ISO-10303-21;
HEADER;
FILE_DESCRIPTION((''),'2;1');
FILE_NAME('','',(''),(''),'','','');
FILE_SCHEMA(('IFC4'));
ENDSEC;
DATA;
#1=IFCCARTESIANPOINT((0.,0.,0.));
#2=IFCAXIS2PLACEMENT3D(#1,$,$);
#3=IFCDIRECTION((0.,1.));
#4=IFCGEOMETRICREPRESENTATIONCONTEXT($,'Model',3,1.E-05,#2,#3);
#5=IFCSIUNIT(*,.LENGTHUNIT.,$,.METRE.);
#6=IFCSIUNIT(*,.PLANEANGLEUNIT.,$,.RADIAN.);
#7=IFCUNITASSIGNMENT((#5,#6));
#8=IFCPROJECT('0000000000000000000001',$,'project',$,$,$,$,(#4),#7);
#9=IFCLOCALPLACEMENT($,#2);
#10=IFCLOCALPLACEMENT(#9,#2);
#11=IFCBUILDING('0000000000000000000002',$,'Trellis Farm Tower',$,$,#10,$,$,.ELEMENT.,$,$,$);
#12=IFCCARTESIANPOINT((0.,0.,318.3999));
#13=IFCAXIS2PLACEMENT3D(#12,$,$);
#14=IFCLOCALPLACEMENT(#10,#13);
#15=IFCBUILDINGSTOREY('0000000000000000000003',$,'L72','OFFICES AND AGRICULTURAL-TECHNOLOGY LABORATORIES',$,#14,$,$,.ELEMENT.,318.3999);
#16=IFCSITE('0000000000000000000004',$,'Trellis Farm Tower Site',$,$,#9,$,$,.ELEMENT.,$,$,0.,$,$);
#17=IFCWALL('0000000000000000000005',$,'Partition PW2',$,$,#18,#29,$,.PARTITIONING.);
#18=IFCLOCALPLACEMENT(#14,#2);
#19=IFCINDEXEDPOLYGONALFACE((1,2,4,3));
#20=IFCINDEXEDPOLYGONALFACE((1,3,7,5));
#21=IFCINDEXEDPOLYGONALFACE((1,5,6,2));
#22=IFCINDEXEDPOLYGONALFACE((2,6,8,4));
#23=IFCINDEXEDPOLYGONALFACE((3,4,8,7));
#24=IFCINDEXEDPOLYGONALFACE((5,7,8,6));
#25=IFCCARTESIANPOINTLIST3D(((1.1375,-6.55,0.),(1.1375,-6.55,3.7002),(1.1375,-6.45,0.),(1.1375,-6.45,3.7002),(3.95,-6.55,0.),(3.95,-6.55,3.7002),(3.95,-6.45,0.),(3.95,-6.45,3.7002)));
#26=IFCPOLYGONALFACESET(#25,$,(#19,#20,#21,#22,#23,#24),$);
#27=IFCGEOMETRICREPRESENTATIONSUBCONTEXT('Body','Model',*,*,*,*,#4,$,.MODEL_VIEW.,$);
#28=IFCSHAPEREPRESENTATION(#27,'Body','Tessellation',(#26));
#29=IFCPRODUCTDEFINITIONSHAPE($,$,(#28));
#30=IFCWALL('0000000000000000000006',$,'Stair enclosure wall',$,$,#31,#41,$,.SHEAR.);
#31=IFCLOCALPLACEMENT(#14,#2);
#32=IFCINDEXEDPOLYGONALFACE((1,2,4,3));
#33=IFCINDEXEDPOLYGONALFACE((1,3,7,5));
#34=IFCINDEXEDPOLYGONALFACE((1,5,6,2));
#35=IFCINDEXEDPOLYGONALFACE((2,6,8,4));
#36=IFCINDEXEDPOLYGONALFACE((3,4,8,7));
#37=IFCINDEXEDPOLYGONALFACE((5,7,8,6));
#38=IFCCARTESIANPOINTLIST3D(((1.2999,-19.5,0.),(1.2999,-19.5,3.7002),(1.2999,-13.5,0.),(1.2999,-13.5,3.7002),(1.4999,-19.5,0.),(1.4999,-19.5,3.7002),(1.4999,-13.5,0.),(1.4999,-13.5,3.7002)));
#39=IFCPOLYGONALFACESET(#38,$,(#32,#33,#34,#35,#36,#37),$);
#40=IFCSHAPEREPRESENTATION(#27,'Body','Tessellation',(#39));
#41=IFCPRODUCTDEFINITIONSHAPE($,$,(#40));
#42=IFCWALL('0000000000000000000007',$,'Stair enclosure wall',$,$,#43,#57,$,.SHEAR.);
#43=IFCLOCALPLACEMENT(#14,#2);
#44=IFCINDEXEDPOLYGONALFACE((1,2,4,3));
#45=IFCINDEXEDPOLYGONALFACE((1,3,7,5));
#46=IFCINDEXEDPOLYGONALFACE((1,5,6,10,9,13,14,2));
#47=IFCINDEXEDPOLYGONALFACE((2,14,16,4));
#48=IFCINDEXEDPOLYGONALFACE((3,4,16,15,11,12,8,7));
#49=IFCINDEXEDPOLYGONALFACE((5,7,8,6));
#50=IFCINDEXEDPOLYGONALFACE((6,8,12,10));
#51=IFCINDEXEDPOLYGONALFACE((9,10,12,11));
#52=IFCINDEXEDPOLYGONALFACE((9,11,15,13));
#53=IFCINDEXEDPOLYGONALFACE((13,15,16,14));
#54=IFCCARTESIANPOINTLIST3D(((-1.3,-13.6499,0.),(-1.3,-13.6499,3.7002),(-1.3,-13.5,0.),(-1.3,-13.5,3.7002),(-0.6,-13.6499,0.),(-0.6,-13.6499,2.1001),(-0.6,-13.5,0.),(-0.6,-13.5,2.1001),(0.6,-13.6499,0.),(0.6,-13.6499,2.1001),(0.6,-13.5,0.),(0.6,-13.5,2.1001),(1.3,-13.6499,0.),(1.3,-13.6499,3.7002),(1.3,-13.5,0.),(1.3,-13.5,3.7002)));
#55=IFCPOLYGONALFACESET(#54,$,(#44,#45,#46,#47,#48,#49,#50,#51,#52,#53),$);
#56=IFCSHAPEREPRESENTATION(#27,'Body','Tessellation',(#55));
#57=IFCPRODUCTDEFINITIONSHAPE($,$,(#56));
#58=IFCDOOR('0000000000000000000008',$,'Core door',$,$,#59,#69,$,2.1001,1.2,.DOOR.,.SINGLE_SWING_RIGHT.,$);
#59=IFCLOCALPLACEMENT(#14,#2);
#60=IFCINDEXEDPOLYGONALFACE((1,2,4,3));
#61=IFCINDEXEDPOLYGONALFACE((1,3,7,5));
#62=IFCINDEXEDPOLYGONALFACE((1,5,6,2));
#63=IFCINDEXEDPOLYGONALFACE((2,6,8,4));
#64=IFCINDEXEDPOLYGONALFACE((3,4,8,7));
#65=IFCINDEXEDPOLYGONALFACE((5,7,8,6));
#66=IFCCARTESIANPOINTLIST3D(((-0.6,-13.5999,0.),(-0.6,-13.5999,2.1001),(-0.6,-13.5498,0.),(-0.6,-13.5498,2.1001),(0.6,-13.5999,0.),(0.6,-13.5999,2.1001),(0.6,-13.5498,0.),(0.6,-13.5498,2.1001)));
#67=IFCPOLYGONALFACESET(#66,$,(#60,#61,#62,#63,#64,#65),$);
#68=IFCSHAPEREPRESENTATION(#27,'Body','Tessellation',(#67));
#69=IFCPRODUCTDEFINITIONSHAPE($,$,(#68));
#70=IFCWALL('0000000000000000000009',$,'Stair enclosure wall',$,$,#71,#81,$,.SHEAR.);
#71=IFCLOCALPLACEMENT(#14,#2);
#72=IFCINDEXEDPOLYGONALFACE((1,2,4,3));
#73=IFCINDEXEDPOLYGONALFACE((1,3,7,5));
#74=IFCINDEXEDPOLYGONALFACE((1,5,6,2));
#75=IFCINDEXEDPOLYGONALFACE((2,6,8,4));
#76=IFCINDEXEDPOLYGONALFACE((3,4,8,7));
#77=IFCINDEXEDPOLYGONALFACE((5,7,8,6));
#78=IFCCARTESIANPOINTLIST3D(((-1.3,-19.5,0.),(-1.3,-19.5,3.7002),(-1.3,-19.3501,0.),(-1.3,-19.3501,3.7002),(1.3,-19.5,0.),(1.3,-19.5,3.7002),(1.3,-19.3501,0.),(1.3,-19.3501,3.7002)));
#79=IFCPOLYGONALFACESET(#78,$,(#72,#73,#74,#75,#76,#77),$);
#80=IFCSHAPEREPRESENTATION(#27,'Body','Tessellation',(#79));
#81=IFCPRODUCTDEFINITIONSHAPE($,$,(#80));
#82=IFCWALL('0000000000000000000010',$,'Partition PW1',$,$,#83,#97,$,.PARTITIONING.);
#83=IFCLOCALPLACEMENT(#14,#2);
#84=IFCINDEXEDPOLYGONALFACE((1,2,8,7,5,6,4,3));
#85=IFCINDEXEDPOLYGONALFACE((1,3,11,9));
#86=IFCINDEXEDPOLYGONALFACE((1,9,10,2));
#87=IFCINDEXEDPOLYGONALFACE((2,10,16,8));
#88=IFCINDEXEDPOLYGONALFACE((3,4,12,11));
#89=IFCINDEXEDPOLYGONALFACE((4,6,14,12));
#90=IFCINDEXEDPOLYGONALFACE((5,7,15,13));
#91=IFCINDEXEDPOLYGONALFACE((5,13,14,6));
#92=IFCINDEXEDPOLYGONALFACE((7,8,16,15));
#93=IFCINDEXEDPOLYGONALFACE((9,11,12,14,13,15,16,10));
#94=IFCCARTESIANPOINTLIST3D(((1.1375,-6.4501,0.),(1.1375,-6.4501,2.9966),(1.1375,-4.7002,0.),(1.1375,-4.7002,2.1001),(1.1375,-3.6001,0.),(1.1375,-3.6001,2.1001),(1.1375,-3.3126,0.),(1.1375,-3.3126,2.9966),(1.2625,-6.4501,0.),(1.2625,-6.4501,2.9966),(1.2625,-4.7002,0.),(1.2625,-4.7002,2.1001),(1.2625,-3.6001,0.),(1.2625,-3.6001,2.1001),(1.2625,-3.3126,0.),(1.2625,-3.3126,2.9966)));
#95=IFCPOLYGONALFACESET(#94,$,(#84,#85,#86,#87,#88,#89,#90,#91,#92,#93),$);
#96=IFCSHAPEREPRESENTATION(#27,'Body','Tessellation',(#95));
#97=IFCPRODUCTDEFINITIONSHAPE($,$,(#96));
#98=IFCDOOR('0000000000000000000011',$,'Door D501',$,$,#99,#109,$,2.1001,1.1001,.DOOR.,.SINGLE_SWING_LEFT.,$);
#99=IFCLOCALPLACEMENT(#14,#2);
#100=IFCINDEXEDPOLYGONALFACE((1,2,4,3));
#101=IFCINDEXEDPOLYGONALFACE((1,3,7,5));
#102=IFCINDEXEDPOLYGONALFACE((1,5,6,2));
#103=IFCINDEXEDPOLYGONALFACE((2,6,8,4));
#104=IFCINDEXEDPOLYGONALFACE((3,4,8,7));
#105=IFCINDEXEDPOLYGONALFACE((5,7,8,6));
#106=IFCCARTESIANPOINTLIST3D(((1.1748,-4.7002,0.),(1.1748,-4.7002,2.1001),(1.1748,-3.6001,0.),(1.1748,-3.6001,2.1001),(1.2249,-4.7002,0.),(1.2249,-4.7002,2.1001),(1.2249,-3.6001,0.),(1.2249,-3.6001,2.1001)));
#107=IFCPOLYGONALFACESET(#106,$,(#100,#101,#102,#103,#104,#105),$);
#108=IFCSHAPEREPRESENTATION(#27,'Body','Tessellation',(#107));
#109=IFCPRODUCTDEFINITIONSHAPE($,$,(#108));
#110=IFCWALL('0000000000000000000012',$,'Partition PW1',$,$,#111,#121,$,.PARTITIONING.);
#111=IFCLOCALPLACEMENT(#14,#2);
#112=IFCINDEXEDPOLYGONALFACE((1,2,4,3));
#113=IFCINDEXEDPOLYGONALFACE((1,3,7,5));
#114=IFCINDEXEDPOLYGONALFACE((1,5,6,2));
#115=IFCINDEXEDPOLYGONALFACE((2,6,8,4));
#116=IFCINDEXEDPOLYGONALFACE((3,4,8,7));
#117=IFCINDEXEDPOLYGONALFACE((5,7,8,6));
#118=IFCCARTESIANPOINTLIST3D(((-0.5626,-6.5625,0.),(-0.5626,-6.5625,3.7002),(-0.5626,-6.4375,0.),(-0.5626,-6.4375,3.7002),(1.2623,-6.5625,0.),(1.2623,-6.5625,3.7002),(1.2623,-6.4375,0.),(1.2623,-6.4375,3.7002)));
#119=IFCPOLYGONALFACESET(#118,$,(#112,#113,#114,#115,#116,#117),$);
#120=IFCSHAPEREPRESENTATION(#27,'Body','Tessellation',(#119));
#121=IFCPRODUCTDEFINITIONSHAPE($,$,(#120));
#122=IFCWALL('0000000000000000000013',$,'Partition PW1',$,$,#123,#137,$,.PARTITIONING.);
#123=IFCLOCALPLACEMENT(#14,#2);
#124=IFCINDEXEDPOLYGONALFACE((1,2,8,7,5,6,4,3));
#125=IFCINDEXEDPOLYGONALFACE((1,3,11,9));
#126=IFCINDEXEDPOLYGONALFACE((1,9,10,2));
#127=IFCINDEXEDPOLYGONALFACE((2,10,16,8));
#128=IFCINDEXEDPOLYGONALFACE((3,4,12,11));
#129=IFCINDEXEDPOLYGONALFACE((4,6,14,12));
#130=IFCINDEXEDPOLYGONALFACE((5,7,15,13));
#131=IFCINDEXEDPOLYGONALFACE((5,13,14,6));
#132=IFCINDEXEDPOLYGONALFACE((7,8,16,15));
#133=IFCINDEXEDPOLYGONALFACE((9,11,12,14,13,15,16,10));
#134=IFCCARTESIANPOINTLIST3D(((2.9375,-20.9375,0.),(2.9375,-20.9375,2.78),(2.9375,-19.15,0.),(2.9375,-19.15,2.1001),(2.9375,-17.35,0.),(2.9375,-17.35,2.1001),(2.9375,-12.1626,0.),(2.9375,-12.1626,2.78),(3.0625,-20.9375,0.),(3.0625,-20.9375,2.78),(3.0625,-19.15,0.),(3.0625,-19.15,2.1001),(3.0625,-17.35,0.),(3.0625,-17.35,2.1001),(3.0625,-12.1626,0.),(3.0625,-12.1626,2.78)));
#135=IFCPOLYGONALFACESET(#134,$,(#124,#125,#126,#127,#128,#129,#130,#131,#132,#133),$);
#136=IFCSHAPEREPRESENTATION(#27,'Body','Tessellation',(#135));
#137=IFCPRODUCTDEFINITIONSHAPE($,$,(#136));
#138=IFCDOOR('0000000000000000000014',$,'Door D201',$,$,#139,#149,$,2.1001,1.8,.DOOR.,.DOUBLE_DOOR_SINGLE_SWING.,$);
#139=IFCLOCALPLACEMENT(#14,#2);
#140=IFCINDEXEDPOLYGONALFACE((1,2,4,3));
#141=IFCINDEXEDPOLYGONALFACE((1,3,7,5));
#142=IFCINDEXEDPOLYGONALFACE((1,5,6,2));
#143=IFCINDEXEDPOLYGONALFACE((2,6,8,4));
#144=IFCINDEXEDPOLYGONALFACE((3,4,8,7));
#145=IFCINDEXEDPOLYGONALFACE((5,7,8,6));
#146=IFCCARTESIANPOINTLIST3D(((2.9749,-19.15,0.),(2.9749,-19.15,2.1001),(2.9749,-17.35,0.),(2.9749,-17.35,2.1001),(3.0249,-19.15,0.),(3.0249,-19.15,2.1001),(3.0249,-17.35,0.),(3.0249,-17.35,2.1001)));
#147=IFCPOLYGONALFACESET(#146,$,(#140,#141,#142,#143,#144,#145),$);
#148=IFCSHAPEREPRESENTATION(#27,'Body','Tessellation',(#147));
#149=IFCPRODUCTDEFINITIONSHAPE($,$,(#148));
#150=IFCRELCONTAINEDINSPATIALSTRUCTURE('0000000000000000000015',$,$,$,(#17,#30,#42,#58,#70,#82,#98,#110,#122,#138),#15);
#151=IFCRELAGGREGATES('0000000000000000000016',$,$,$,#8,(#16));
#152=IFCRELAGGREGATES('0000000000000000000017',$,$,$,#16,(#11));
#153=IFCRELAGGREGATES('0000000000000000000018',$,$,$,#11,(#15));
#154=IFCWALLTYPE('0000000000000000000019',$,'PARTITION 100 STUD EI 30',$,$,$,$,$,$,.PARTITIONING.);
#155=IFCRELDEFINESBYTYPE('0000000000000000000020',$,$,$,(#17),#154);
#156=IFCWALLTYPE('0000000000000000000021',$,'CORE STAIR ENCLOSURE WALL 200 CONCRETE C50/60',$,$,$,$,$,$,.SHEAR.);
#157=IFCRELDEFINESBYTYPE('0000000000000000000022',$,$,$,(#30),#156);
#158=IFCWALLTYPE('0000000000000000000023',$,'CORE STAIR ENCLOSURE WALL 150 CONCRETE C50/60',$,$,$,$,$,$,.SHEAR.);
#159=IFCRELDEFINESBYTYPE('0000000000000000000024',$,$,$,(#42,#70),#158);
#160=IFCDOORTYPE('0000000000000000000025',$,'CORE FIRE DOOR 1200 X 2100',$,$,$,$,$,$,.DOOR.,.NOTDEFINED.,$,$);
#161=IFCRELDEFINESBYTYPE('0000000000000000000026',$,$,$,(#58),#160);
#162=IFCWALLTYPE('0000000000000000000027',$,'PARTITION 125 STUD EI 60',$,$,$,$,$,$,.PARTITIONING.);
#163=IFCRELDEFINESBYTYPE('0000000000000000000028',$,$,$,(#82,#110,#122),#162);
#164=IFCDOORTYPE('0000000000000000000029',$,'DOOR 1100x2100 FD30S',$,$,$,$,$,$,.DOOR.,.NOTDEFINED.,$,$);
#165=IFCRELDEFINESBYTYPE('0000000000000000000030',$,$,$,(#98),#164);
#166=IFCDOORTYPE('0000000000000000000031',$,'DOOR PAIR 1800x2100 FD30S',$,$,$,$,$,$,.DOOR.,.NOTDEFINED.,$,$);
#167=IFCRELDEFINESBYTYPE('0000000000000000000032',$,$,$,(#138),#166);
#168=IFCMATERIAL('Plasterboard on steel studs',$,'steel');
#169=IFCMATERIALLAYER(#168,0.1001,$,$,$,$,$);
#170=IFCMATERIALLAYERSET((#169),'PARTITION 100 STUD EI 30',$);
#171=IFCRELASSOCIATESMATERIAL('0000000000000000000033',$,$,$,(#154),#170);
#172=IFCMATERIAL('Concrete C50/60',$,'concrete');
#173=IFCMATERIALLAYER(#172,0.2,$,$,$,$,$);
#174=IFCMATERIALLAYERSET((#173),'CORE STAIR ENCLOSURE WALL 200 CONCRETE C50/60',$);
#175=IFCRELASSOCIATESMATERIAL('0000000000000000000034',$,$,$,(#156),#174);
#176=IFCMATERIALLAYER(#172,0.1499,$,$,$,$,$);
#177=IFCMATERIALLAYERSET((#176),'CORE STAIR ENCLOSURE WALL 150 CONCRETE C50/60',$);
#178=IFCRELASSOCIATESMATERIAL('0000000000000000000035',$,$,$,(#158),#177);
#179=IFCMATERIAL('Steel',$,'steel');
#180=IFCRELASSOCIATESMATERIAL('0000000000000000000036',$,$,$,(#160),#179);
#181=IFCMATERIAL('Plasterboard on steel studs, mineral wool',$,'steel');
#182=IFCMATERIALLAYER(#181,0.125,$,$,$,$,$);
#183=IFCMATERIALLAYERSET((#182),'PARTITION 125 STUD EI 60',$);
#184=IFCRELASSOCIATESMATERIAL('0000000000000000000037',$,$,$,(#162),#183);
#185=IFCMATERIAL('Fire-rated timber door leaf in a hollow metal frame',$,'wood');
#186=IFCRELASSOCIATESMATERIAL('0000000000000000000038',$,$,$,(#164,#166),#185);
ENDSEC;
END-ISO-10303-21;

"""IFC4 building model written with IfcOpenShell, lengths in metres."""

from ifc_helpers import new_model, si_unit, direction, frame, frame_2d, origin, place, context, subcontext, project, spatial, rectangle, extrude, source, transform, mapped, material, layer, layer_set, type_object, element, fill, save


model = new_model("IFC4")

# Units and contexts
model_context = context("Model", 3, precision=1e-05, world=origin(), true_north=direction((0.0, 1.0)))
body_context = subcontext(model_context, "Body", "Model", "MODEL_VIEW")
ifc_project = project(units=[si_unit("LENGTHUNIT", "METRE"), si_unit("PLANEANGLEUNIT", "RADIAN")], contexts=[model_context])

# Site, building, storey
site_placement = place(None, origin())
site = spatial("IfcSite", under=ifc_project, at=site_placement, Name="Trellis Farm Tower Site", CompositionType="ELEMENT", RefElevation=0.0)
building_placement = place(site_placement, origin())
building = spatial("IfcBuilding", under=site, at=building_placement, Name="Trellis Farm Tower", CompositionType="ELEMENT")
storey_placement = place(building_placement, frame((0.0, 0.0, 318.3999)))
storey = spatial("IfcBuildingStorey", under=building, at=storey_placement, Name="L72", Description="OFFICES AND AGRICULTURAL-TECHNOLOGY LABORATORIES", CompositionType="ELEMENT", Elevation=318.3999)

# Walls
ifc_material_1 = material(Name="Plasterboard on steel studs", Category="steel")
ifc_layer_1 = layer(ifc_material_1, 0.1001)
ifc_layer_set_1 = layer_set([ifc_layer_1], Name="PARTITION 100 STUD EI 30")
wall_type_1 = type_object("IfcWallType", Name="PARTITION 100 STUD EI 30", PredefinedType="PARTITIONING", material=ifc_layer_set_1)
wall_1_placement = place(storey_placement, frame((1.1375, -6.5, 0.0), z_axis=(0.0, 0.0, 1.0), x_axis=(1.0, 0.0, 0.0)))
element("IfcWall", 1, at=wall_1_placement, inside=storey, type_object=wall_type_1, Name="Partition PW2", PredefinedType="PARTITIONING", context=body_context, shape_type="SweptSolid", body=[
    extrude(rectangle(XDim=2.8125, YDim=0.1001, at=frame_2d((1.4062, 0.0))), origin(), (0.0, 0.0, 1.0), 3.7002),
])
ifc_material_2 = material(Name="Concrete C50/60", Category="concrete")
ifc_layer_2 = layer(ifc_material_2, 0.2)
ifc_layer_set_2 = layer_set([ifc_layer_2], Name="CORE STAIR ENCLOSURE WALL 200 CONCRETE C50/60")
wall_type_2 = type_object("IfcWallType", Name="CORE STAIR ENCLOSURE WALL 200 CONCRETE C50/60", PredefinedType="SHEAR", material=ifc_layer_set_2)
shared_shape_1 = source(origin(), body_context, "Body", "SweptSolid", [
    extrude(rectangle(XDim=6.0, YDim=0.2, at=frame_2d((3.0, 0.0))), origin(), (0.0, 0.0, 1.0), 3.7002),
])
wall_2_placement = place(storey_placement, frame((1.3999, -13.5, 0.0), z_axis=(0.0, 0.0, 1.0), x_axis=(0.0, -1.0, 0.0)))
element("IfcWall", 2, at=wall_2_placement, inside=storey, type_object=wall_type_2, Name="Stair enclosure wall", PredefinedType="SHEAR", context=body_context, shape_type="MappedRepresentation", body=[
    mapped(shared_shape_1, transform((0.0, 0.0, 0.0))),
])

# Wall, opening, door
ifc_layer_3 = layer(ifc_material_2, 0.1499)
ifc_layer_set_3 = layer_set([ifc_layer_3], Name="CORE STAIR ENCLOSURE WALL 150 CONCRETE C50/60")
wall_type_3 = type_object("IfcWallType", Name="CORE STAIR ENCLOSURE WALL 150 CONCRETE C50/60", PredefinedType="SHEAR", material=ifc_layer_set_3)
shared_shape_2 = source(origin(), body_context, "Body", "SweptSolid", [
    extrude(rectangle(XDim=2.6001, YDim=0.1499, at=frame_2d((1.3, 0.0))), origin(), (0.0, 0.0, 1.0), 3.7002),
])
wall_3_placement = place(storey_placement, frame((1.3, -13.575, 0.0), z_axis=(0.0, 0.0, 1.0), x_axis=(-1.0, 0.0, 0.0)))
wall_3 = element("IfcWall", 3, at=wall_3_placement, inside=storey, type_object=wall_type_3, Name="Stair enclosure wall", PredefinedType="SHEAR", context=body_context, shape_type="MappedRepresentation", body=[
    mapped(shared_shape_2, transform((0.0, 0.0, 0.0))),
])
shared_shape_3 = source(origin(), body_context, "Body", "SweptSolid", [
    extrude(rectangle(XDim=1.2, YDim=2.1001, at=frame_2d((0.6001, 1.05))), frame((0.0, 0.085, 0.0), z_axis=(0.0, -1.0, 0.0), x_axis=(1.0, 0.0, 0.0)), (0.0, 0.0, 1.0), 0.1699),
])
opening_1_placement = place(wall_3_placement, frame((0.7, 0.0, 0.0)))
opening_1 = element("IfcOpeningElement", 4, at=opening_1_placement, cuts=wall_3, PredefinedType="OPENING", context=body_context, shape_type="MappedRepresentation", body=[
    mapped(shared_shape_3, transform((0.0, 0.0, 0.0))),
])
ifc_material_3 = material(Name="Steel", Category="steel")
door_type_1 = type_object("IfcDoorType", Name="CORE FIRE DOOR 1200 X 2100", OperationType="NOTDEFINED", PredefinedType="DOOR", material=ifc_material_3)
shared_shape_4 = source(origin(), body_context, "Body", "SweptSolid", [
    extrude(rectangle(XDim=1.2, YDim=2.1001, at=frame_2d((0.6001, 1.05))), frame((0.0, 0.0249, 0.0), z_axis=(0.0, -1.0, 0.0), x_axis=(1.0, 0.0, 0.0)), (0.0, 0.0, 1.0), 0.05),
])
door_1_placement = place(opening_1_placement, origin())
door_1 = element("IfcDoor", 5, at=door_1_placement, inside=storey, type_object=door_type_1, Name="Core door", OperationType="SINGLE_SWING_RIGHT", OverallHeight=2.1001, OverallWidth=1.2, PredefinedType="DOOR", context=body_context, shape_type="MappedRepresentation", body=[
    mapped(shared_shape_4, transform((0.0, 0.0, 0.0))),
])
fill(opening_1, door_1)

# Wall
wall_4_placement = place(storey_placement, frame((1.3, -19.425, 0.0), z_axis=(0.0, 0.0, 1.0), x_axis=(-1.0, 0.0, 0.0)))
element("IfcWall", 6, at=wall_4_placement, inside=storey, type_object=wall_type_3, Name="Stair enclosure wall", PredefinedType="SHEAR", context=body_context, shape_type="MappedRepresentation", body=[
    mapped(shared_shape_2, transform((0.0, 0.0, 0.0))),
])

# Wall, opening, door
ifc_material_4 = material(Name="Plasterboard on steel studs, mineral wool", Category="steel")
ifc_layer_4 = layer(ifc_material_4, 0.125)
ifc_layer_set_4 = layer_set([ifc_layer_4], Name="PARTITION 125 STUD EI 60")
wall_type_4 = type_object("IfcWallType", Name="PARTITION 125 STUD EI 60", PredefinedType="PARTITIONING", material=ifc_layer_set_4)
shared_shape_5 = source(origin(), body_context, "Body", "SweptSolid", [
    extrude(rectangle(XDim=3.1375, YDim=0.125, at=frame_2d((1.5688, 0.0))), origin(), (0.0, 0.0, 1.0), 2.9966),
])
wall_5_placement = place(storey_placement, frame((1.2, -3.3125, 0.0), z_axis=(0.0, 0.0, 1.0), x_axis=(0.0, -1.0, 0.0)))
wall_5 = element("IfcWall", 7, at=wall_5_placement, inside=storey, type_object=wall_type_4, Name="Partition PW1", PredefinedType="PARTITIONING", context=body_context, shape_type="MappedRepresentation", body=[
    mapped(shared_shape_5, transform((0.0, 0.0, 0.0))),
])
shared_shape_6 = source(origin(), body_context, "Body", "SweptSolid", [
    extrude(rectangle(XDim=1.1001, YDim=2.1001, at=frame_2d((0.55, 1.05))), frame((0.0, 0.0725, 0.0), z_axis=(0.0, -1.0, 0.0), x_axis=(1.0, 0.0, 0.0)), (0.0, 0.0, 1.0), 0.145),
])
opening_2_placement = place(wall_5_placement, frame((0.2876, 0.0, 0.0)))
opening_2 = element("IfcOpeningElement", 8, at=opening_2_placement, cuts=wall_5, PredefinedType="OPENING", context=body_context, shape_type="MappedRepresentation", body=[
    mapped(shared_shape_6, transform((0.0, 0.0, 0.0))),
])
ifc_material_5 = material(Name="Fire-rated timber door leaf in a hollow metal frame", Category="wood")
door_type_2 = type_object("IfcDoorType", Name="DOOR 1100x2100 FD30S", OperationType="NOTDEFINED", PredefinedType="DOOR", material=ifc_material_5)
shared_shape_7 = source(origin(), body_context, "Body", "SweptSolid", [
    extrude(rectangle(XDim=1.1001, YDim=2.1001, at=frame_2d((0.55, 1.05))), frame((0.0, 0.0249, 0.0), z_axis=(0.0, -1.0, 0.0), x_axis=(1.0, 0.0, 0.0)), (0.0, 0.0, 1.0), 0.05),
])
door_2_placement = place(opening_2_placement, origin())
door_2 = element("IfcDoor", 9, at=door_2_placement, inside=storey, type_object=door_type_2, Name="Door D501", OperationType="SINGLE_SWING_LEFT", OverallHeight=2.1001, OverallWidth=1.1001, PredefinedType="DOOR", context=body_context, shape_type="MappedRepresentation", body=[
    mapped(shared_shape_7, transform((0.0, 0.0, 0.0))),
])
fill(opening_2, door_2)

# Wall
shared_shape_8 = source(origin(), body_context, "Body", "SweptSolid", [
    extrude(rectangle(XDim=1.825, YDim=0.125, at=frame_2d((0.9126, 0.0))), origin(), (0.0, 0.0, 1.0), 3.7002),
])
wall_6_placement = place(storey_placement, frame((1.2625, -6.5, 0.0), z_axis=(0.0, 0.0, 1.0), x_axis=(-1.0, 0.0, 0.0)))
element("IfcWall", 10, at=wall_6_placement, inside=storey, type_object=wall_type_4, Name="Partition PW1", PredefinedType="PARTITIONING", context=body_context, shape_type="MappedRepresentation", body=[
    mapped(shared_shape_8, transform((0.0, 0.0, 0.0))),
])

# Wall, opening, door
shared_shape_9 = source(origin(), body_context, "Body", "SweptSolid", [
    extrude(rectangle(XDim=8.7749, YDim=0.125, at=frame_2d((4.3875, 0.0))), origin(), (0.0, 0.0, 1.0), 2.78),
])
wall_7_placement = place(storey_placement, frame((3.0, -12.1626, 0.0), z_axis=(0.0, 0.0, 1.0), x_axis=(0.0, -1.0, 0.0)))
wall_7 = element("IfcWall", 11, at=wall_7_placement, inside=storey, type_object=wall_type_4, Name="Partition PW1", PredefinedType="PARTITIONING", context=body_context, shape_type="MappedRepresentation", body=[
    mapped(shared_shape_9, transform((0.0, 0.0, 0.0))),
])
shared_shape_10 = source(origin(), body_context, "Body", "SweptSolid", [
    extrude(rectangle(XDim=1.8, YDim=2.1001, at=frame_2d((0.8999, 1.05))), frame((0.0, 0.0725, 0.0), z_axis=(0.0, -1.0, 0.0), x_axis=(1.0, 0.0, 0.0)), (0.0, 0.0, 1.0), 0.145),
])
opening_3_placement = place(wall_7_placement, frame((5.1875, 0.0, 0.0)))
opening_3 = element("IfcOpeningElement", 12, at=opening_3_placement, cuts=wall_7, PredefinedType="OPENING", context=body_context, shape_type="MappedRepresentation", body=[
    mapped(shared_shape_10, transform((0.0, 0.0, 0.0))),
])
door_type_3 = type_object("IfcDoorType", Name="DOOR PAIR 1800x2100 FD30S", OperationType="NOTDEFINED", PredefinedType="DOOR", material=ifc_material_5)
shared_shape_11 = source(origin(), body_context, "Body", "SweptSolid", [
    extrude(rectangle(XDim=1.8, YDim=2.1001, at=frame_2d((0.8999, 1.05))), frame((0.0, 0.0249, 0.0), z_axis=(0.0, -1.0, 0.0), x_axis=(1.0, 0.0, 0.0)), (0.0, 0.0, 1.0), 0.05),
])
door_3_placement = place(opening_3_placement, origin())
door_3 = element("IfcDoor", 13, at=door_3_placement, inside=storey, type_object=door_type_3, Name="Door D201", OperationType="DOUBLE_DOOR_SINGLE_SWING", OverallHeight=2.1001, OverallWidth=1.8, PredefinedType="DOOR", context=body_context, shape_type="MappedRepresentation", body=[
    mapped(shared_shape_11, transform((0.0, 0.0, 0.0))),
])
fill(opening_3, door_3)

save(model, "model.ifc")
